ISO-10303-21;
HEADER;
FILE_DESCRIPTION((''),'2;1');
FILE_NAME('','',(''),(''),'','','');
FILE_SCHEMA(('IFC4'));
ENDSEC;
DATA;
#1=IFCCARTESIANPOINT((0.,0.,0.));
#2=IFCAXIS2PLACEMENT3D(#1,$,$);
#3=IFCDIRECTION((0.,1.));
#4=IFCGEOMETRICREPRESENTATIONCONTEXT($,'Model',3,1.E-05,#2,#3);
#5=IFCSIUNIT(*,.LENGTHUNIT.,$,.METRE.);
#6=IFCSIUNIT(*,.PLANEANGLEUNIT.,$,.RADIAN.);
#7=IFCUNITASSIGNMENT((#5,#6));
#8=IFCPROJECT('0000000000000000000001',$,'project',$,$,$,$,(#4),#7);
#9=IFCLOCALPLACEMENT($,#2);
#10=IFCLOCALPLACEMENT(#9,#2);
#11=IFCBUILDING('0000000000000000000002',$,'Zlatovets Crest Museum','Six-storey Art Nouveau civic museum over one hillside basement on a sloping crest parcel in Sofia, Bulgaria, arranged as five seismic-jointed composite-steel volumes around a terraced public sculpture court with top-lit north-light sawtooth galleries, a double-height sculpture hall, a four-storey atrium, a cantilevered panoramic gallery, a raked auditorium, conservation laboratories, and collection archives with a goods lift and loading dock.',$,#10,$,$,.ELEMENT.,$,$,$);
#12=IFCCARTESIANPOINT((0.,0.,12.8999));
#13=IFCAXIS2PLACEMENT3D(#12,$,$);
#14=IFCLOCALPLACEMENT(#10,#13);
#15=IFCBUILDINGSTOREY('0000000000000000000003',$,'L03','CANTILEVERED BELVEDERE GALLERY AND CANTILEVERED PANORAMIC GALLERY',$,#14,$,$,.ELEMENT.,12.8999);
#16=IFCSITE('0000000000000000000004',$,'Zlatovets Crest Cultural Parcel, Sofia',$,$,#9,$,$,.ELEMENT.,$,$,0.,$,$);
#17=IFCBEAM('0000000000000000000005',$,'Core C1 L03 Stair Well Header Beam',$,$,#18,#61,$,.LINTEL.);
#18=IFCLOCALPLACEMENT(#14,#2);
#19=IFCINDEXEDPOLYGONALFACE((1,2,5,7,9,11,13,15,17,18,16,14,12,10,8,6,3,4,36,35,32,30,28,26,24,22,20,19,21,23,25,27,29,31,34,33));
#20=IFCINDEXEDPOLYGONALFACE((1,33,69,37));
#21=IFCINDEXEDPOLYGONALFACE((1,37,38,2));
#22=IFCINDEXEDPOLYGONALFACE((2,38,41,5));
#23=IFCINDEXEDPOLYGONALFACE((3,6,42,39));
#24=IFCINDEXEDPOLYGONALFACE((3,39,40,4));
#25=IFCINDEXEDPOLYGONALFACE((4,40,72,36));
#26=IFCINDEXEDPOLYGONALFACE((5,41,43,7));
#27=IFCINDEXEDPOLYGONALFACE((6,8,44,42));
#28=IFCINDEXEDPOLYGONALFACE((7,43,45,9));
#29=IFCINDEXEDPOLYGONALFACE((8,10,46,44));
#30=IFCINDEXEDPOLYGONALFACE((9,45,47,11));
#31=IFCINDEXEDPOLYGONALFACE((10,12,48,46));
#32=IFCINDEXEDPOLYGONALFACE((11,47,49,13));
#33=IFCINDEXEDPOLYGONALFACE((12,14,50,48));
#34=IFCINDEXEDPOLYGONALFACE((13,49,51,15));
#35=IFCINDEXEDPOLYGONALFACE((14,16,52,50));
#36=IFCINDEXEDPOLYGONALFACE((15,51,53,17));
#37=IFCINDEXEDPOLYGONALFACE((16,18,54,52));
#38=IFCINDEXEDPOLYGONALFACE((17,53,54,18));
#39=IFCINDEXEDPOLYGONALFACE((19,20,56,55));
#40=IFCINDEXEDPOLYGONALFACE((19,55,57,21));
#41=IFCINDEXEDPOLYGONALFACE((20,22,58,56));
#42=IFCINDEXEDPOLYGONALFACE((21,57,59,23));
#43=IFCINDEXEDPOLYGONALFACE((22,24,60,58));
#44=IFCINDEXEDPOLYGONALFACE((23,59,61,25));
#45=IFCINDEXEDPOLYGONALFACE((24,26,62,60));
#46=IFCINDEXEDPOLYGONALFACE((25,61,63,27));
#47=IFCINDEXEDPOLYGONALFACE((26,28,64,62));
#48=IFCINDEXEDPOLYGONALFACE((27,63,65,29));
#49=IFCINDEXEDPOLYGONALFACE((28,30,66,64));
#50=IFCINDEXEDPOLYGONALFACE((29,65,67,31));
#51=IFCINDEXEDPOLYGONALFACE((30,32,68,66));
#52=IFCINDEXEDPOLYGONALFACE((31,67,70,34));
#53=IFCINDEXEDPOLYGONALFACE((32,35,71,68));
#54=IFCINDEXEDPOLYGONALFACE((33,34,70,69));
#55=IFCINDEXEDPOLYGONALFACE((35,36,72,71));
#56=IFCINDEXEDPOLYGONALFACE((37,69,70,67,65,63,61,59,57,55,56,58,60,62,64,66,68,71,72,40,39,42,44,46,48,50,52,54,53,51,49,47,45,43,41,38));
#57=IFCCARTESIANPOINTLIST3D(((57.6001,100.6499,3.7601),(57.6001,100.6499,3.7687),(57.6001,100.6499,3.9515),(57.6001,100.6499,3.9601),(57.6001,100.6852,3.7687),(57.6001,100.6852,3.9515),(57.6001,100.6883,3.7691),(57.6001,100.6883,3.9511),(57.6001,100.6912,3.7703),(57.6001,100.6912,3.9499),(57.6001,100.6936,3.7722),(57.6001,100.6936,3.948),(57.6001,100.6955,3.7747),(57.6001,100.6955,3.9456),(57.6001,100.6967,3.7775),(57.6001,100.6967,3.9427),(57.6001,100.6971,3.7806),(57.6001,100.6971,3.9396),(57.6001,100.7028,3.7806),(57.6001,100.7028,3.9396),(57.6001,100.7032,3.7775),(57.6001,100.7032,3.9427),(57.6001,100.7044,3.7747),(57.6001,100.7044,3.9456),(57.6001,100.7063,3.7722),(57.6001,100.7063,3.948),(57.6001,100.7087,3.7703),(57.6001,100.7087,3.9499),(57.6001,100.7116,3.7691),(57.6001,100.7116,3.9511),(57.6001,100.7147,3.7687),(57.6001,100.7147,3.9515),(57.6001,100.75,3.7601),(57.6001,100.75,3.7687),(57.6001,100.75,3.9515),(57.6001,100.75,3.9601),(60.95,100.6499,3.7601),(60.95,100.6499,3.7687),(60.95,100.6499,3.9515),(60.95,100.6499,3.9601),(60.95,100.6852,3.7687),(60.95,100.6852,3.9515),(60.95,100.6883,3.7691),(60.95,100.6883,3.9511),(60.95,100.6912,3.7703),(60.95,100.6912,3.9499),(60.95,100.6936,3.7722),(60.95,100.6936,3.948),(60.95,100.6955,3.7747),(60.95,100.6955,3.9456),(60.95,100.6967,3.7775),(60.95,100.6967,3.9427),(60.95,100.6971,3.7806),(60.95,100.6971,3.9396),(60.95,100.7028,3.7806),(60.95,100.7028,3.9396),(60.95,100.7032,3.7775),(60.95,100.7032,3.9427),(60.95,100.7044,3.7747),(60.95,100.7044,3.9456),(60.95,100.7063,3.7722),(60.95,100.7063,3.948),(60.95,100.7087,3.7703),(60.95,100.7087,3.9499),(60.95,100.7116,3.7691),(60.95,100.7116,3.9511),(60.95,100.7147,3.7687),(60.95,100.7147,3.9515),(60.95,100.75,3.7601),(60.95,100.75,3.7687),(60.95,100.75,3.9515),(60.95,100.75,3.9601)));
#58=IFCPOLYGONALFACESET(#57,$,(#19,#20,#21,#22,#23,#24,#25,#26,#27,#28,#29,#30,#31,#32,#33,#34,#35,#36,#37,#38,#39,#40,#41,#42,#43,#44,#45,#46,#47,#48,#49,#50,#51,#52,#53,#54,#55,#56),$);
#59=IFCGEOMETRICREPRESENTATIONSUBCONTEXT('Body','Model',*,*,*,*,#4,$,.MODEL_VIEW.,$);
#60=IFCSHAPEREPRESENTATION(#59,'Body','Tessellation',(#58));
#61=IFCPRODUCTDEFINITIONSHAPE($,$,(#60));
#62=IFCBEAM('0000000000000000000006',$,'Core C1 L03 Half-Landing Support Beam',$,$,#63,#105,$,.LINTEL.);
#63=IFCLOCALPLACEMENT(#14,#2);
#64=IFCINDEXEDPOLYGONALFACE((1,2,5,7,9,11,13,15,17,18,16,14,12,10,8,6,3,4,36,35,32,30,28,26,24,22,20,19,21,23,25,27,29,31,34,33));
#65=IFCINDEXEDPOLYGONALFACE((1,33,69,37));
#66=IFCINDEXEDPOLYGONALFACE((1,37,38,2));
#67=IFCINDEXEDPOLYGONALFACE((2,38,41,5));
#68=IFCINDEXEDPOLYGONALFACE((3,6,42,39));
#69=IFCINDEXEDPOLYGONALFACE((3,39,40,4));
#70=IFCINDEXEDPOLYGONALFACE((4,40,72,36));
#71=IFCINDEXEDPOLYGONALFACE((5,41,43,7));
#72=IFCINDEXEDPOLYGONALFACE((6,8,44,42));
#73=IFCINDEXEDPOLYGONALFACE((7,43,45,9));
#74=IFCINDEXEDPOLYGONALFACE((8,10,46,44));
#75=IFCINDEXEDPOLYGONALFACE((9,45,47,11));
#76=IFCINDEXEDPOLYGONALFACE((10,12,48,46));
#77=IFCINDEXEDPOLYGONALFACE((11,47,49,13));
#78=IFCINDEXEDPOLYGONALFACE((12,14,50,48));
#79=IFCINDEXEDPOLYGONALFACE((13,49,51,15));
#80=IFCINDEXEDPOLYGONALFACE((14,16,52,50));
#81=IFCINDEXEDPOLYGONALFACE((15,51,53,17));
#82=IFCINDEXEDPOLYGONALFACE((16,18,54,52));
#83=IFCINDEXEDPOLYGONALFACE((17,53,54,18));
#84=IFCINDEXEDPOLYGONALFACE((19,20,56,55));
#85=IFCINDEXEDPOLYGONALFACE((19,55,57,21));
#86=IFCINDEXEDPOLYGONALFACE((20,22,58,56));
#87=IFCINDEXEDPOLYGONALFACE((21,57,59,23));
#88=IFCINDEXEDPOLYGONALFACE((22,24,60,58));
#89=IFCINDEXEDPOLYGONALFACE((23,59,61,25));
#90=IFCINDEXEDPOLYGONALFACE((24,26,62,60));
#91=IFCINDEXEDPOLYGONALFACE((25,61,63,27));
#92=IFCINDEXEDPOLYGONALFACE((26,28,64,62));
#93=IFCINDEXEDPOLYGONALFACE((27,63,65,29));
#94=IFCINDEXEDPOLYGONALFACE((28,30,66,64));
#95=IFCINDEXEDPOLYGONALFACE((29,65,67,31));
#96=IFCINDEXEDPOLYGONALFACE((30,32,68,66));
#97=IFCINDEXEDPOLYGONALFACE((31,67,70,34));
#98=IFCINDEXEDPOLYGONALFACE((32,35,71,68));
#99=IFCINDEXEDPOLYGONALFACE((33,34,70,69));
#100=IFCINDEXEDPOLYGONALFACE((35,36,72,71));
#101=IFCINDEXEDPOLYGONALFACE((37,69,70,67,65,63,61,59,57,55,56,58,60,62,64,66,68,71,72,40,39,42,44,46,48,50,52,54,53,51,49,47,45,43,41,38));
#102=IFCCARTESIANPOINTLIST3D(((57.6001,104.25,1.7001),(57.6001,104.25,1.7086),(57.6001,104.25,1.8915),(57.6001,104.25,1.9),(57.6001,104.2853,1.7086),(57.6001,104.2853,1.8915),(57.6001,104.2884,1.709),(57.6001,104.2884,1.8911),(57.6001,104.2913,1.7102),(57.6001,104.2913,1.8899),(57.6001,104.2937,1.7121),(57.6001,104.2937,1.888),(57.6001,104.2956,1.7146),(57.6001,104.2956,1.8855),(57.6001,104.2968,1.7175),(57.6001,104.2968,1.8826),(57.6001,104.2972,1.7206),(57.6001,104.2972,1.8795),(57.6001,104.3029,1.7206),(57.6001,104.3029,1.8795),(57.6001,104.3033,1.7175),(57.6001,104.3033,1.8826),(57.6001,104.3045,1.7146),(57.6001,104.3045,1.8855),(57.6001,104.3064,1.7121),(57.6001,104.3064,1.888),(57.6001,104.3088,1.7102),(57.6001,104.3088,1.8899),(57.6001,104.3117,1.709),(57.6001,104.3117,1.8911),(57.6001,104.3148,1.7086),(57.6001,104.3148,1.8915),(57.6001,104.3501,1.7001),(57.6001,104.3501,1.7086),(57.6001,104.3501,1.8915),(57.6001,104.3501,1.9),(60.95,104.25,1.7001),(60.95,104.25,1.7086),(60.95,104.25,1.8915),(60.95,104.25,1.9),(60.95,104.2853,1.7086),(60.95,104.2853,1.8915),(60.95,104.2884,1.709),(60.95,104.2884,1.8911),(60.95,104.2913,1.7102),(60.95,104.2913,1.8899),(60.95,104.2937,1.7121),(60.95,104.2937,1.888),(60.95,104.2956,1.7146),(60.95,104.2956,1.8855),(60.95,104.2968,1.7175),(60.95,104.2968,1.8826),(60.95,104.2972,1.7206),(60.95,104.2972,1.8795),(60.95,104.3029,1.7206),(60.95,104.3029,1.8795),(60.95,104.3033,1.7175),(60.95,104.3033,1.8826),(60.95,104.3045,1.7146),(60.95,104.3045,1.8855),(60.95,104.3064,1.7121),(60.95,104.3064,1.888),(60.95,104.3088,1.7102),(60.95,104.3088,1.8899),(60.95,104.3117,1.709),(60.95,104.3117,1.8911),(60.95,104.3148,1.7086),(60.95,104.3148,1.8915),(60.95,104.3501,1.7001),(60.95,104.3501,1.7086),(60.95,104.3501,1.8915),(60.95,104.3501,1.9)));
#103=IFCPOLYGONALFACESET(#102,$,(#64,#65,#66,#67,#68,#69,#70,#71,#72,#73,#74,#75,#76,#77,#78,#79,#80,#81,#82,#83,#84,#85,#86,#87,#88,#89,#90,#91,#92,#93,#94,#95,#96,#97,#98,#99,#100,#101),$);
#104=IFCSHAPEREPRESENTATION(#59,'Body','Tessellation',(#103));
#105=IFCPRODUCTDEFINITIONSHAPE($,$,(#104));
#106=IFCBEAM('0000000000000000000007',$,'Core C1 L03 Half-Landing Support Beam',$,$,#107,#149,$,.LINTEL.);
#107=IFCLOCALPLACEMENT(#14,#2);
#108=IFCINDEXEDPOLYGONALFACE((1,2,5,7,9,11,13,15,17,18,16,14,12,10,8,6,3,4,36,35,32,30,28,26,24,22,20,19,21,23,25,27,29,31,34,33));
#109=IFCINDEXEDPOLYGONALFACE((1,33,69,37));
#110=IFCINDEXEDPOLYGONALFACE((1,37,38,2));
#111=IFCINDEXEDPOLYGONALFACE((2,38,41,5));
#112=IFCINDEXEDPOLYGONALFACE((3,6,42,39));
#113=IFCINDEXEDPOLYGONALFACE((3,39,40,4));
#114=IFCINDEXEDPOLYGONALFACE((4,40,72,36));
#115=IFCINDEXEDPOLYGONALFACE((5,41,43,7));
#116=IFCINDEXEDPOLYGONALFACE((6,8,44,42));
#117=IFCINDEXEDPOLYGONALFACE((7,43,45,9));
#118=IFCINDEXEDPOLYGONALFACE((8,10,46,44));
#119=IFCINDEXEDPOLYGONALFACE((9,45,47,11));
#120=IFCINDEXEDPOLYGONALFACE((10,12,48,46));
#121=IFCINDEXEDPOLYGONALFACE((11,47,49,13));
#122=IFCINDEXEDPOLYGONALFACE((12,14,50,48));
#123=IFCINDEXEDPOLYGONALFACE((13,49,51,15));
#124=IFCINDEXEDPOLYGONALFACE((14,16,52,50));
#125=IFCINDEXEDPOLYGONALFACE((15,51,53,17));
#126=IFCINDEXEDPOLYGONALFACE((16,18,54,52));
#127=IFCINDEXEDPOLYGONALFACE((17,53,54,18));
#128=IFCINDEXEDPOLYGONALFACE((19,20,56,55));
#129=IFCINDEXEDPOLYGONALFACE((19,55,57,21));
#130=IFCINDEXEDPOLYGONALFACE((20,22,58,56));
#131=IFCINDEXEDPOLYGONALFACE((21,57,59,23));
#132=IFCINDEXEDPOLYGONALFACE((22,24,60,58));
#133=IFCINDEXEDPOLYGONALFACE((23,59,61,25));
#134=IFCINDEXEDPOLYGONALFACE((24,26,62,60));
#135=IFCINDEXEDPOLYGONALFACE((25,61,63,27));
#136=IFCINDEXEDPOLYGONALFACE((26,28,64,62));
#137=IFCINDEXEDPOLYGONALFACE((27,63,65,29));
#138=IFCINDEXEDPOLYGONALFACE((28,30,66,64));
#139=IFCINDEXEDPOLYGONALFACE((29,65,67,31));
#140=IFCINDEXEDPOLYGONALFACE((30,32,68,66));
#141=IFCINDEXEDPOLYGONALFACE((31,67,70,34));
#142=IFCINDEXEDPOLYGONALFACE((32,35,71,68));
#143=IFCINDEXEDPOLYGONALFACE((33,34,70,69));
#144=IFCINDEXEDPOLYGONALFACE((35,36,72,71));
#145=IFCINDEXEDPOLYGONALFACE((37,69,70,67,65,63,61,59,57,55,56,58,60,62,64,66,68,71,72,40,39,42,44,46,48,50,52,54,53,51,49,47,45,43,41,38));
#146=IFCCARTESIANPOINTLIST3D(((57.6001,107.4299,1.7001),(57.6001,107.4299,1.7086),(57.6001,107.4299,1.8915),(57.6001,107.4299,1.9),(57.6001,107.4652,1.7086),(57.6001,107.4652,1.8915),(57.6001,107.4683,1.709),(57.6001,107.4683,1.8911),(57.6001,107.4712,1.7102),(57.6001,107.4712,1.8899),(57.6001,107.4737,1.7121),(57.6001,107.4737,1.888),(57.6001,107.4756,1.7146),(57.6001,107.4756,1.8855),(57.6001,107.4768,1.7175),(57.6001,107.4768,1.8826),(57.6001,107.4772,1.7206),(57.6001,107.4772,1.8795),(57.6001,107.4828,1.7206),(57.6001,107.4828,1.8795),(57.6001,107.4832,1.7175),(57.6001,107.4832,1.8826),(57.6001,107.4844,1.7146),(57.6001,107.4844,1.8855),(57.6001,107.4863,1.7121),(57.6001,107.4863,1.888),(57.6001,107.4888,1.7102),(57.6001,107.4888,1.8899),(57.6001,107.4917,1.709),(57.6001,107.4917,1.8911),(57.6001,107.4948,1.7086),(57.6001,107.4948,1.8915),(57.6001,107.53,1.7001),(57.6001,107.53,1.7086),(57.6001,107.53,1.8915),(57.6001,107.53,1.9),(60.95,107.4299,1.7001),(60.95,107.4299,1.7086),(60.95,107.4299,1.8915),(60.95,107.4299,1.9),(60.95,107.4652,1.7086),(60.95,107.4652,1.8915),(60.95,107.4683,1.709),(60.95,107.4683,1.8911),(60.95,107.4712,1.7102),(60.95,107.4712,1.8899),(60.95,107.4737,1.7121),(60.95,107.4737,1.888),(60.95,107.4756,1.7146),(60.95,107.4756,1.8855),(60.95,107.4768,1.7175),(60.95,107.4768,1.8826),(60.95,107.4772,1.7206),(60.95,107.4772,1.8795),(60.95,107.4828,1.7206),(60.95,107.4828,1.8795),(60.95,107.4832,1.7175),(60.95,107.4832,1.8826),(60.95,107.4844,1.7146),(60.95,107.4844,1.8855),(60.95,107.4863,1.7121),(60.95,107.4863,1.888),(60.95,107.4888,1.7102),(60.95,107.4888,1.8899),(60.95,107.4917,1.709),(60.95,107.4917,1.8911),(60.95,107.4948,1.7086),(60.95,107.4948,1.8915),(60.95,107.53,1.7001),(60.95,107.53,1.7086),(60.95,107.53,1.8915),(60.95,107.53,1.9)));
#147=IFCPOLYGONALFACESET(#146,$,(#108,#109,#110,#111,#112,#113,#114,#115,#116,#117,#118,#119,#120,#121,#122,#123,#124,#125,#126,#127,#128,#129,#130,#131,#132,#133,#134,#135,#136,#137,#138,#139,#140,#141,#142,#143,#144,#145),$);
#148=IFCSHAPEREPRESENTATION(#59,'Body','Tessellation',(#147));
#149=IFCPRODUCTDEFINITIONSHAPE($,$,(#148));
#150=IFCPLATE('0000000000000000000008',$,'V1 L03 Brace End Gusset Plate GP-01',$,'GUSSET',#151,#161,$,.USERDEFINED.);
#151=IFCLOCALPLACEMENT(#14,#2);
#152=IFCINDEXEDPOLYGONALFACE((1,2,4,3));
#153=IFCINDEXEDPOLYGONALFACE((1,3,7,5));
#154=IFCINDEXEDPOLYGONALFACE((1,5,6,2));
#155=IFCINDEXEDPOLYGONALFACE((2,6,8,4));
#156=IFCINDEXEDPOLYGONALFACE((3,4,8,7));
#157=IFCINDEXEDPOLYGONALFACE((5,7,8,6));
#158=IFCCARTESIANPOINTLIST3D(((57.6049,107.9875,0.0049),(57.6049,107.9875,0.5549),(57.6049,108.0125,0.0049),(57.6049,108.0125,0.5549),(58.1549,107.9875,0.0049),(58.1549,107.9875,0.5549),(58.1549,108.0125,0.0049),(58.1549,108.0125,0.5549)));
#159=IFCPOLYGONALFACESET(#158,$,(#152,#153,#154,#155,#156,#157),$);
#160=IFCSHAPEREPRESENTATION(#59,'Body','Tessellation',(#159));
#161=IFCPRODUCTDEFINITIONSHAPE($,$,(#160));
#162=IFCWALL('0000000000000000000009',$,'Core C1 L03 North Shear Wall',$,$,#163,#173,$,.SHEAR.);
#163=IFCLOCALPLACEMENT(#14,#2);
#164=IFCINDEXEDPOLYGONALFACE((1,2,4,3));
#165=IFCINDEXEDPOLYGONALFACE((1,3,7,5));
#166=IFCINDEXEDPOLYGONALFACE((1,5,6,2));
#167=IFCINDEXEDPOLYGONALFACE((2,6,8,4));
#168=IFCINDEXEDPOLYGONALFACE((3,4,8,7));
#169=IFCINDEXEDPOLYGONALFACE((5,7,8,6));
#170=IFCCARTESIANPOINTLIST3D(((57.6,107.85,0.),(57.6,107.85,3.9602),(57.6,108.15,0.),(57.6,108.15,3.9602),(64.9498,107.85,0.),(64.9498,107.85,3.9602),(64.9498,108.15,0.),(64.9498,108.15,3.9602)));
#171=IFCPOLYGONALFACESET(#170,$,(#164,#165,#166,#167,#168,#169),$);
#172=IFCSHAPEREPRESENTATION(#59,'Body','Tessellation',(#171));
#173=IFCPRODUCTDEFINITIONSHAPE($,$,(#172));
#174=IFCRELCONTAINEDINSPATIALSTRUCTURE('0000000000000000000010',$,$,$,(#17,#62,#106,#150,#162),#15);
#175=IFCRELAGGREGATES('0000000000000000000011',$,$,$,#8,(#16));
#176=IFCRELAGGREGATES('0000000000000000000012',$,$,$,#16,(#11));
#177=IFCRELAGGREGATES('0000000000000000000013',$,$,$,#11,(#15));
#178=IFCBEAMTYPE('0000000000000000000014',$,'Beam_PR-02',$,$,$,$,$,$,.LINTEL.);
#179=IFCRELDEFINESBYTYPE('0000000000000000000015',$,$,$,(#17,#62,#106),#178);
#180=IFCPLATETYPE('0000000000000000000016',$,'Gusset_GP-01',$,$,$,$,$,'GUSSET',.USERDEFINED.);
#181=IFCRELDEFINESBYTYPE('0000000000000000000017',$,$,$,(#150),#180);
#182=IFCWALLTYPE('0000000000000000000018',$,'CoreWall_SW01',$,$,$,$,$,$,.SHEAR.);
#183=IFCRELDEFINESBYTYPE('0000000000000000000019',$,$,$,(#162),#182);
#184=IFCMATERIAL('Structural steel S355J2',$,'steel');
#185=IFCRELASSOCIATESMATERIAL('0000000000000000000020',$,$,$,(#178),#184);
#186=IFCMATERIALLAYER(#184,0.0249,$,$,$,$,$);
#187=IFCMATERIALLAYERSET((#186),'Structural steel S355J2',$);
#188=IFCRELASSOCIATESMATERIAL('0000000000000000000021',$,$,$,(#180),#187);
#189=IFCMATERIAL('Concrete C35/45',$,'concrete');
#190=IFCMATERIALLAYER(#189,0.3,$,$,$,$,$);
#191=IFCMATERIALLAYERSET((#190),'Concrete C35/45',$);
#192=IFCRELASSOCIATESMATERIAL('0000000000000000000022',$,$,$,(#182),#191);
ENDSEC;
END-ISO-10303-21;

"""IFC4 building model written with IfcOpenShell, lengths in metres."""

from ifc_helpers import new_model, si_unit, direction, frame, frame_2d, origin, origin_2d, place, context, subcontext, project, spatial, rectangle, i_section, extrude, material, layer, layer_set, material_profile, profile_set, type_object, element, save


model = new_model("IFC4")

# Units and contexts
model_context = context("Model", 3, precision=1e-05, world=origin(), true_north=direction((0.0, 1.0)))
body_context = subcontext(model_context, "Body", "Model", "MODEL_VIEW")
ifc_project = project(units=[si_unit("LENGTHUNIT", "METRE"), si_unit("PLANEANGLEUNIT", "RADIAN")], contexts=[model_context])

# Site, building, storey
site_placement = place(None, origin())
site = spatial("IfcSite", under=ifc_project, at=site_placement, Name="Zlatovets Crest Cultural Parcel, Sofia", CompositionType="ELEMENT", RefElevation=0.0)
building_placement = place(site_placement, origin())
building = spatial("IfcBuilding", under=site, at=building_placement, Name="Zlatovets Crest Museum", Description="Six-storey Art Nouveau civic museum over one hillside basement on a sloping crest parcel in Sofia, Bulgaria, arranged as five seismic-jointed composite-steel volumes around a terraced public sculpture court with top-lit north-light sawtooth galleries, a double-height sculpture hall, a four-storey atrium, a cantilevered panoramic gallery, a raked auditorium, conservation laboratories, and collection archives with a goods lift and loading dock.", CompositionType="ELEMENT")
storey_placement = place(building_placement, frame((0.0, 0.0, 12.8999)))
storey = spatial("IfcBuildingStorey", under=building, at=storey_placement, Name="L03", Description="CANTILEVERED BELVEDERE GALLERY AND CANTILEVERED PANORAMIC GALLERY", CompositionType="ELEMENT", Elevation=12.8999)

# Beams
ifc_material_1 = material(Name="Structural steel S355J2", Category="steel")
ifc_material_profile = material_profile(ifc_material_1, i_section(OverallWidth=0.1001, OverallDepth=0.2, WebThickness=0.0056, FlangeThickness=0.0085, FilletRadius=0.012, at=origin_2d()), Name="IPE 200")
ifc_profile_set = profile_set([ifc_material_profile], Name="Structural steel S355J2")
beam_type = type_object("IfcBeamType", Name="Beam_PR-02", PredefinedType="LINTEL", material=ifc_profile_set)
for number, where, z_axis, x_axis, name in (
    (1, (57.6001, 100.7, 3.8601), (1.0, 0.0, 0.0), (0.0, 1.0, 0.0), "Core C1 L03 Stair Well Header Beam"),
    (2, (57.6001, 104.3, 1.8), (1.0, 0.0, 0.0), (0.0, 1.0, 0.0), "Core C1 L03 Half-Landing Support Beam"),
    (3, (57.6001, 107.48, 1.8), (1.0, 0.0, 0.0), (0.0, 1.0, 0.0), "Core C1 L03 Half-Landing Support Beam"),
):
    element("IfcBeam", number, at=place(storey_placement, frame(where, z_axis=z_axis, x_axis=x_axis)), inside=storey, type_object=beam_type, Name=name, PredefinedType="LINTEL", context=body_context, shape_type="SweptSolid", body=[
        extrude(i_section(OverallWidth=0.1001, OverallDepth=0.2, WebThickness=0.0056, FlangeThickness=0.0085, FilletRadius=0.012, at=origin_2d()), origin(), (0.0, 0.0, 1.0), 3.3499),
    ])

# Plate
ifc_layer_1 = layer(ifc_material_1, 0.0249)
ifc_layer_set_1 = layer_set([ifc_layer_1], Name="Structural steel S355J2")
plate_type = type_object("IfcPlateType", Name="Gusset_GP-01", ElementType="GUSSET", PredefinedType="USERDEFINED", material=ifc_layer_set_1)
plate_placement = place(storey_placement, frame((57.8799, 108.0, 0.0049), z_axis=(0.0, 0.0, 1.0), x_axis=(1.0, 0.0, 0.0)))
element("IfcPlate", 4, at=plate_placement, inside=storey, type_object=plate_type, Name="V1 L03 Brace End Gusset Plate GP-01", ObjectType="GUSSET", PredefinedType="USERDEFINED", context=body_context, shape_type="SweptSolid", body=[
    extrude(rectangle(XDim=0.55, YDim=0.0249, at=origin_2d()), origin(), (0.0, 0.0, 1.0), 0.55),
])

# Wall
ifc_material_2 = material(Name="Concrete C35/45", Category="concrete")
ifc_layer_2 = layer(ifc_material_2, 0.3)
ifc_layer_set_2 = layer_set([ifc_layer_2], Name="Concrete C35/45")
wall_type_1 = type_object("IfcWallType", Name="CoreWall_SW01", PredefinedType="SHEAR", material=ifc_layer_set_2)
wall_1_placement = place(storey_placement, frame((57.6001, 108.0, 0.0), z_axis=(0.0, 0.0, 1.0), x_axis=(1.0, 0.0, 0.0)))
element("IfcWall", 5, at=wall_1_placement, inside=storey, type_object=wall_type_1, Name="Core C1 L03 North Shear Wall", PredefinedType="SHEAR", context=body_context, shape_type="SweptSolid", body=[
    extrude(rectangle(XDim=7.3499, YDim=0.3, at=frame_2d((3.6748, 0.0))), origin(), (0.0, 0.0, 1.0), 3.9602),
])

save(model, "model.ifc")
